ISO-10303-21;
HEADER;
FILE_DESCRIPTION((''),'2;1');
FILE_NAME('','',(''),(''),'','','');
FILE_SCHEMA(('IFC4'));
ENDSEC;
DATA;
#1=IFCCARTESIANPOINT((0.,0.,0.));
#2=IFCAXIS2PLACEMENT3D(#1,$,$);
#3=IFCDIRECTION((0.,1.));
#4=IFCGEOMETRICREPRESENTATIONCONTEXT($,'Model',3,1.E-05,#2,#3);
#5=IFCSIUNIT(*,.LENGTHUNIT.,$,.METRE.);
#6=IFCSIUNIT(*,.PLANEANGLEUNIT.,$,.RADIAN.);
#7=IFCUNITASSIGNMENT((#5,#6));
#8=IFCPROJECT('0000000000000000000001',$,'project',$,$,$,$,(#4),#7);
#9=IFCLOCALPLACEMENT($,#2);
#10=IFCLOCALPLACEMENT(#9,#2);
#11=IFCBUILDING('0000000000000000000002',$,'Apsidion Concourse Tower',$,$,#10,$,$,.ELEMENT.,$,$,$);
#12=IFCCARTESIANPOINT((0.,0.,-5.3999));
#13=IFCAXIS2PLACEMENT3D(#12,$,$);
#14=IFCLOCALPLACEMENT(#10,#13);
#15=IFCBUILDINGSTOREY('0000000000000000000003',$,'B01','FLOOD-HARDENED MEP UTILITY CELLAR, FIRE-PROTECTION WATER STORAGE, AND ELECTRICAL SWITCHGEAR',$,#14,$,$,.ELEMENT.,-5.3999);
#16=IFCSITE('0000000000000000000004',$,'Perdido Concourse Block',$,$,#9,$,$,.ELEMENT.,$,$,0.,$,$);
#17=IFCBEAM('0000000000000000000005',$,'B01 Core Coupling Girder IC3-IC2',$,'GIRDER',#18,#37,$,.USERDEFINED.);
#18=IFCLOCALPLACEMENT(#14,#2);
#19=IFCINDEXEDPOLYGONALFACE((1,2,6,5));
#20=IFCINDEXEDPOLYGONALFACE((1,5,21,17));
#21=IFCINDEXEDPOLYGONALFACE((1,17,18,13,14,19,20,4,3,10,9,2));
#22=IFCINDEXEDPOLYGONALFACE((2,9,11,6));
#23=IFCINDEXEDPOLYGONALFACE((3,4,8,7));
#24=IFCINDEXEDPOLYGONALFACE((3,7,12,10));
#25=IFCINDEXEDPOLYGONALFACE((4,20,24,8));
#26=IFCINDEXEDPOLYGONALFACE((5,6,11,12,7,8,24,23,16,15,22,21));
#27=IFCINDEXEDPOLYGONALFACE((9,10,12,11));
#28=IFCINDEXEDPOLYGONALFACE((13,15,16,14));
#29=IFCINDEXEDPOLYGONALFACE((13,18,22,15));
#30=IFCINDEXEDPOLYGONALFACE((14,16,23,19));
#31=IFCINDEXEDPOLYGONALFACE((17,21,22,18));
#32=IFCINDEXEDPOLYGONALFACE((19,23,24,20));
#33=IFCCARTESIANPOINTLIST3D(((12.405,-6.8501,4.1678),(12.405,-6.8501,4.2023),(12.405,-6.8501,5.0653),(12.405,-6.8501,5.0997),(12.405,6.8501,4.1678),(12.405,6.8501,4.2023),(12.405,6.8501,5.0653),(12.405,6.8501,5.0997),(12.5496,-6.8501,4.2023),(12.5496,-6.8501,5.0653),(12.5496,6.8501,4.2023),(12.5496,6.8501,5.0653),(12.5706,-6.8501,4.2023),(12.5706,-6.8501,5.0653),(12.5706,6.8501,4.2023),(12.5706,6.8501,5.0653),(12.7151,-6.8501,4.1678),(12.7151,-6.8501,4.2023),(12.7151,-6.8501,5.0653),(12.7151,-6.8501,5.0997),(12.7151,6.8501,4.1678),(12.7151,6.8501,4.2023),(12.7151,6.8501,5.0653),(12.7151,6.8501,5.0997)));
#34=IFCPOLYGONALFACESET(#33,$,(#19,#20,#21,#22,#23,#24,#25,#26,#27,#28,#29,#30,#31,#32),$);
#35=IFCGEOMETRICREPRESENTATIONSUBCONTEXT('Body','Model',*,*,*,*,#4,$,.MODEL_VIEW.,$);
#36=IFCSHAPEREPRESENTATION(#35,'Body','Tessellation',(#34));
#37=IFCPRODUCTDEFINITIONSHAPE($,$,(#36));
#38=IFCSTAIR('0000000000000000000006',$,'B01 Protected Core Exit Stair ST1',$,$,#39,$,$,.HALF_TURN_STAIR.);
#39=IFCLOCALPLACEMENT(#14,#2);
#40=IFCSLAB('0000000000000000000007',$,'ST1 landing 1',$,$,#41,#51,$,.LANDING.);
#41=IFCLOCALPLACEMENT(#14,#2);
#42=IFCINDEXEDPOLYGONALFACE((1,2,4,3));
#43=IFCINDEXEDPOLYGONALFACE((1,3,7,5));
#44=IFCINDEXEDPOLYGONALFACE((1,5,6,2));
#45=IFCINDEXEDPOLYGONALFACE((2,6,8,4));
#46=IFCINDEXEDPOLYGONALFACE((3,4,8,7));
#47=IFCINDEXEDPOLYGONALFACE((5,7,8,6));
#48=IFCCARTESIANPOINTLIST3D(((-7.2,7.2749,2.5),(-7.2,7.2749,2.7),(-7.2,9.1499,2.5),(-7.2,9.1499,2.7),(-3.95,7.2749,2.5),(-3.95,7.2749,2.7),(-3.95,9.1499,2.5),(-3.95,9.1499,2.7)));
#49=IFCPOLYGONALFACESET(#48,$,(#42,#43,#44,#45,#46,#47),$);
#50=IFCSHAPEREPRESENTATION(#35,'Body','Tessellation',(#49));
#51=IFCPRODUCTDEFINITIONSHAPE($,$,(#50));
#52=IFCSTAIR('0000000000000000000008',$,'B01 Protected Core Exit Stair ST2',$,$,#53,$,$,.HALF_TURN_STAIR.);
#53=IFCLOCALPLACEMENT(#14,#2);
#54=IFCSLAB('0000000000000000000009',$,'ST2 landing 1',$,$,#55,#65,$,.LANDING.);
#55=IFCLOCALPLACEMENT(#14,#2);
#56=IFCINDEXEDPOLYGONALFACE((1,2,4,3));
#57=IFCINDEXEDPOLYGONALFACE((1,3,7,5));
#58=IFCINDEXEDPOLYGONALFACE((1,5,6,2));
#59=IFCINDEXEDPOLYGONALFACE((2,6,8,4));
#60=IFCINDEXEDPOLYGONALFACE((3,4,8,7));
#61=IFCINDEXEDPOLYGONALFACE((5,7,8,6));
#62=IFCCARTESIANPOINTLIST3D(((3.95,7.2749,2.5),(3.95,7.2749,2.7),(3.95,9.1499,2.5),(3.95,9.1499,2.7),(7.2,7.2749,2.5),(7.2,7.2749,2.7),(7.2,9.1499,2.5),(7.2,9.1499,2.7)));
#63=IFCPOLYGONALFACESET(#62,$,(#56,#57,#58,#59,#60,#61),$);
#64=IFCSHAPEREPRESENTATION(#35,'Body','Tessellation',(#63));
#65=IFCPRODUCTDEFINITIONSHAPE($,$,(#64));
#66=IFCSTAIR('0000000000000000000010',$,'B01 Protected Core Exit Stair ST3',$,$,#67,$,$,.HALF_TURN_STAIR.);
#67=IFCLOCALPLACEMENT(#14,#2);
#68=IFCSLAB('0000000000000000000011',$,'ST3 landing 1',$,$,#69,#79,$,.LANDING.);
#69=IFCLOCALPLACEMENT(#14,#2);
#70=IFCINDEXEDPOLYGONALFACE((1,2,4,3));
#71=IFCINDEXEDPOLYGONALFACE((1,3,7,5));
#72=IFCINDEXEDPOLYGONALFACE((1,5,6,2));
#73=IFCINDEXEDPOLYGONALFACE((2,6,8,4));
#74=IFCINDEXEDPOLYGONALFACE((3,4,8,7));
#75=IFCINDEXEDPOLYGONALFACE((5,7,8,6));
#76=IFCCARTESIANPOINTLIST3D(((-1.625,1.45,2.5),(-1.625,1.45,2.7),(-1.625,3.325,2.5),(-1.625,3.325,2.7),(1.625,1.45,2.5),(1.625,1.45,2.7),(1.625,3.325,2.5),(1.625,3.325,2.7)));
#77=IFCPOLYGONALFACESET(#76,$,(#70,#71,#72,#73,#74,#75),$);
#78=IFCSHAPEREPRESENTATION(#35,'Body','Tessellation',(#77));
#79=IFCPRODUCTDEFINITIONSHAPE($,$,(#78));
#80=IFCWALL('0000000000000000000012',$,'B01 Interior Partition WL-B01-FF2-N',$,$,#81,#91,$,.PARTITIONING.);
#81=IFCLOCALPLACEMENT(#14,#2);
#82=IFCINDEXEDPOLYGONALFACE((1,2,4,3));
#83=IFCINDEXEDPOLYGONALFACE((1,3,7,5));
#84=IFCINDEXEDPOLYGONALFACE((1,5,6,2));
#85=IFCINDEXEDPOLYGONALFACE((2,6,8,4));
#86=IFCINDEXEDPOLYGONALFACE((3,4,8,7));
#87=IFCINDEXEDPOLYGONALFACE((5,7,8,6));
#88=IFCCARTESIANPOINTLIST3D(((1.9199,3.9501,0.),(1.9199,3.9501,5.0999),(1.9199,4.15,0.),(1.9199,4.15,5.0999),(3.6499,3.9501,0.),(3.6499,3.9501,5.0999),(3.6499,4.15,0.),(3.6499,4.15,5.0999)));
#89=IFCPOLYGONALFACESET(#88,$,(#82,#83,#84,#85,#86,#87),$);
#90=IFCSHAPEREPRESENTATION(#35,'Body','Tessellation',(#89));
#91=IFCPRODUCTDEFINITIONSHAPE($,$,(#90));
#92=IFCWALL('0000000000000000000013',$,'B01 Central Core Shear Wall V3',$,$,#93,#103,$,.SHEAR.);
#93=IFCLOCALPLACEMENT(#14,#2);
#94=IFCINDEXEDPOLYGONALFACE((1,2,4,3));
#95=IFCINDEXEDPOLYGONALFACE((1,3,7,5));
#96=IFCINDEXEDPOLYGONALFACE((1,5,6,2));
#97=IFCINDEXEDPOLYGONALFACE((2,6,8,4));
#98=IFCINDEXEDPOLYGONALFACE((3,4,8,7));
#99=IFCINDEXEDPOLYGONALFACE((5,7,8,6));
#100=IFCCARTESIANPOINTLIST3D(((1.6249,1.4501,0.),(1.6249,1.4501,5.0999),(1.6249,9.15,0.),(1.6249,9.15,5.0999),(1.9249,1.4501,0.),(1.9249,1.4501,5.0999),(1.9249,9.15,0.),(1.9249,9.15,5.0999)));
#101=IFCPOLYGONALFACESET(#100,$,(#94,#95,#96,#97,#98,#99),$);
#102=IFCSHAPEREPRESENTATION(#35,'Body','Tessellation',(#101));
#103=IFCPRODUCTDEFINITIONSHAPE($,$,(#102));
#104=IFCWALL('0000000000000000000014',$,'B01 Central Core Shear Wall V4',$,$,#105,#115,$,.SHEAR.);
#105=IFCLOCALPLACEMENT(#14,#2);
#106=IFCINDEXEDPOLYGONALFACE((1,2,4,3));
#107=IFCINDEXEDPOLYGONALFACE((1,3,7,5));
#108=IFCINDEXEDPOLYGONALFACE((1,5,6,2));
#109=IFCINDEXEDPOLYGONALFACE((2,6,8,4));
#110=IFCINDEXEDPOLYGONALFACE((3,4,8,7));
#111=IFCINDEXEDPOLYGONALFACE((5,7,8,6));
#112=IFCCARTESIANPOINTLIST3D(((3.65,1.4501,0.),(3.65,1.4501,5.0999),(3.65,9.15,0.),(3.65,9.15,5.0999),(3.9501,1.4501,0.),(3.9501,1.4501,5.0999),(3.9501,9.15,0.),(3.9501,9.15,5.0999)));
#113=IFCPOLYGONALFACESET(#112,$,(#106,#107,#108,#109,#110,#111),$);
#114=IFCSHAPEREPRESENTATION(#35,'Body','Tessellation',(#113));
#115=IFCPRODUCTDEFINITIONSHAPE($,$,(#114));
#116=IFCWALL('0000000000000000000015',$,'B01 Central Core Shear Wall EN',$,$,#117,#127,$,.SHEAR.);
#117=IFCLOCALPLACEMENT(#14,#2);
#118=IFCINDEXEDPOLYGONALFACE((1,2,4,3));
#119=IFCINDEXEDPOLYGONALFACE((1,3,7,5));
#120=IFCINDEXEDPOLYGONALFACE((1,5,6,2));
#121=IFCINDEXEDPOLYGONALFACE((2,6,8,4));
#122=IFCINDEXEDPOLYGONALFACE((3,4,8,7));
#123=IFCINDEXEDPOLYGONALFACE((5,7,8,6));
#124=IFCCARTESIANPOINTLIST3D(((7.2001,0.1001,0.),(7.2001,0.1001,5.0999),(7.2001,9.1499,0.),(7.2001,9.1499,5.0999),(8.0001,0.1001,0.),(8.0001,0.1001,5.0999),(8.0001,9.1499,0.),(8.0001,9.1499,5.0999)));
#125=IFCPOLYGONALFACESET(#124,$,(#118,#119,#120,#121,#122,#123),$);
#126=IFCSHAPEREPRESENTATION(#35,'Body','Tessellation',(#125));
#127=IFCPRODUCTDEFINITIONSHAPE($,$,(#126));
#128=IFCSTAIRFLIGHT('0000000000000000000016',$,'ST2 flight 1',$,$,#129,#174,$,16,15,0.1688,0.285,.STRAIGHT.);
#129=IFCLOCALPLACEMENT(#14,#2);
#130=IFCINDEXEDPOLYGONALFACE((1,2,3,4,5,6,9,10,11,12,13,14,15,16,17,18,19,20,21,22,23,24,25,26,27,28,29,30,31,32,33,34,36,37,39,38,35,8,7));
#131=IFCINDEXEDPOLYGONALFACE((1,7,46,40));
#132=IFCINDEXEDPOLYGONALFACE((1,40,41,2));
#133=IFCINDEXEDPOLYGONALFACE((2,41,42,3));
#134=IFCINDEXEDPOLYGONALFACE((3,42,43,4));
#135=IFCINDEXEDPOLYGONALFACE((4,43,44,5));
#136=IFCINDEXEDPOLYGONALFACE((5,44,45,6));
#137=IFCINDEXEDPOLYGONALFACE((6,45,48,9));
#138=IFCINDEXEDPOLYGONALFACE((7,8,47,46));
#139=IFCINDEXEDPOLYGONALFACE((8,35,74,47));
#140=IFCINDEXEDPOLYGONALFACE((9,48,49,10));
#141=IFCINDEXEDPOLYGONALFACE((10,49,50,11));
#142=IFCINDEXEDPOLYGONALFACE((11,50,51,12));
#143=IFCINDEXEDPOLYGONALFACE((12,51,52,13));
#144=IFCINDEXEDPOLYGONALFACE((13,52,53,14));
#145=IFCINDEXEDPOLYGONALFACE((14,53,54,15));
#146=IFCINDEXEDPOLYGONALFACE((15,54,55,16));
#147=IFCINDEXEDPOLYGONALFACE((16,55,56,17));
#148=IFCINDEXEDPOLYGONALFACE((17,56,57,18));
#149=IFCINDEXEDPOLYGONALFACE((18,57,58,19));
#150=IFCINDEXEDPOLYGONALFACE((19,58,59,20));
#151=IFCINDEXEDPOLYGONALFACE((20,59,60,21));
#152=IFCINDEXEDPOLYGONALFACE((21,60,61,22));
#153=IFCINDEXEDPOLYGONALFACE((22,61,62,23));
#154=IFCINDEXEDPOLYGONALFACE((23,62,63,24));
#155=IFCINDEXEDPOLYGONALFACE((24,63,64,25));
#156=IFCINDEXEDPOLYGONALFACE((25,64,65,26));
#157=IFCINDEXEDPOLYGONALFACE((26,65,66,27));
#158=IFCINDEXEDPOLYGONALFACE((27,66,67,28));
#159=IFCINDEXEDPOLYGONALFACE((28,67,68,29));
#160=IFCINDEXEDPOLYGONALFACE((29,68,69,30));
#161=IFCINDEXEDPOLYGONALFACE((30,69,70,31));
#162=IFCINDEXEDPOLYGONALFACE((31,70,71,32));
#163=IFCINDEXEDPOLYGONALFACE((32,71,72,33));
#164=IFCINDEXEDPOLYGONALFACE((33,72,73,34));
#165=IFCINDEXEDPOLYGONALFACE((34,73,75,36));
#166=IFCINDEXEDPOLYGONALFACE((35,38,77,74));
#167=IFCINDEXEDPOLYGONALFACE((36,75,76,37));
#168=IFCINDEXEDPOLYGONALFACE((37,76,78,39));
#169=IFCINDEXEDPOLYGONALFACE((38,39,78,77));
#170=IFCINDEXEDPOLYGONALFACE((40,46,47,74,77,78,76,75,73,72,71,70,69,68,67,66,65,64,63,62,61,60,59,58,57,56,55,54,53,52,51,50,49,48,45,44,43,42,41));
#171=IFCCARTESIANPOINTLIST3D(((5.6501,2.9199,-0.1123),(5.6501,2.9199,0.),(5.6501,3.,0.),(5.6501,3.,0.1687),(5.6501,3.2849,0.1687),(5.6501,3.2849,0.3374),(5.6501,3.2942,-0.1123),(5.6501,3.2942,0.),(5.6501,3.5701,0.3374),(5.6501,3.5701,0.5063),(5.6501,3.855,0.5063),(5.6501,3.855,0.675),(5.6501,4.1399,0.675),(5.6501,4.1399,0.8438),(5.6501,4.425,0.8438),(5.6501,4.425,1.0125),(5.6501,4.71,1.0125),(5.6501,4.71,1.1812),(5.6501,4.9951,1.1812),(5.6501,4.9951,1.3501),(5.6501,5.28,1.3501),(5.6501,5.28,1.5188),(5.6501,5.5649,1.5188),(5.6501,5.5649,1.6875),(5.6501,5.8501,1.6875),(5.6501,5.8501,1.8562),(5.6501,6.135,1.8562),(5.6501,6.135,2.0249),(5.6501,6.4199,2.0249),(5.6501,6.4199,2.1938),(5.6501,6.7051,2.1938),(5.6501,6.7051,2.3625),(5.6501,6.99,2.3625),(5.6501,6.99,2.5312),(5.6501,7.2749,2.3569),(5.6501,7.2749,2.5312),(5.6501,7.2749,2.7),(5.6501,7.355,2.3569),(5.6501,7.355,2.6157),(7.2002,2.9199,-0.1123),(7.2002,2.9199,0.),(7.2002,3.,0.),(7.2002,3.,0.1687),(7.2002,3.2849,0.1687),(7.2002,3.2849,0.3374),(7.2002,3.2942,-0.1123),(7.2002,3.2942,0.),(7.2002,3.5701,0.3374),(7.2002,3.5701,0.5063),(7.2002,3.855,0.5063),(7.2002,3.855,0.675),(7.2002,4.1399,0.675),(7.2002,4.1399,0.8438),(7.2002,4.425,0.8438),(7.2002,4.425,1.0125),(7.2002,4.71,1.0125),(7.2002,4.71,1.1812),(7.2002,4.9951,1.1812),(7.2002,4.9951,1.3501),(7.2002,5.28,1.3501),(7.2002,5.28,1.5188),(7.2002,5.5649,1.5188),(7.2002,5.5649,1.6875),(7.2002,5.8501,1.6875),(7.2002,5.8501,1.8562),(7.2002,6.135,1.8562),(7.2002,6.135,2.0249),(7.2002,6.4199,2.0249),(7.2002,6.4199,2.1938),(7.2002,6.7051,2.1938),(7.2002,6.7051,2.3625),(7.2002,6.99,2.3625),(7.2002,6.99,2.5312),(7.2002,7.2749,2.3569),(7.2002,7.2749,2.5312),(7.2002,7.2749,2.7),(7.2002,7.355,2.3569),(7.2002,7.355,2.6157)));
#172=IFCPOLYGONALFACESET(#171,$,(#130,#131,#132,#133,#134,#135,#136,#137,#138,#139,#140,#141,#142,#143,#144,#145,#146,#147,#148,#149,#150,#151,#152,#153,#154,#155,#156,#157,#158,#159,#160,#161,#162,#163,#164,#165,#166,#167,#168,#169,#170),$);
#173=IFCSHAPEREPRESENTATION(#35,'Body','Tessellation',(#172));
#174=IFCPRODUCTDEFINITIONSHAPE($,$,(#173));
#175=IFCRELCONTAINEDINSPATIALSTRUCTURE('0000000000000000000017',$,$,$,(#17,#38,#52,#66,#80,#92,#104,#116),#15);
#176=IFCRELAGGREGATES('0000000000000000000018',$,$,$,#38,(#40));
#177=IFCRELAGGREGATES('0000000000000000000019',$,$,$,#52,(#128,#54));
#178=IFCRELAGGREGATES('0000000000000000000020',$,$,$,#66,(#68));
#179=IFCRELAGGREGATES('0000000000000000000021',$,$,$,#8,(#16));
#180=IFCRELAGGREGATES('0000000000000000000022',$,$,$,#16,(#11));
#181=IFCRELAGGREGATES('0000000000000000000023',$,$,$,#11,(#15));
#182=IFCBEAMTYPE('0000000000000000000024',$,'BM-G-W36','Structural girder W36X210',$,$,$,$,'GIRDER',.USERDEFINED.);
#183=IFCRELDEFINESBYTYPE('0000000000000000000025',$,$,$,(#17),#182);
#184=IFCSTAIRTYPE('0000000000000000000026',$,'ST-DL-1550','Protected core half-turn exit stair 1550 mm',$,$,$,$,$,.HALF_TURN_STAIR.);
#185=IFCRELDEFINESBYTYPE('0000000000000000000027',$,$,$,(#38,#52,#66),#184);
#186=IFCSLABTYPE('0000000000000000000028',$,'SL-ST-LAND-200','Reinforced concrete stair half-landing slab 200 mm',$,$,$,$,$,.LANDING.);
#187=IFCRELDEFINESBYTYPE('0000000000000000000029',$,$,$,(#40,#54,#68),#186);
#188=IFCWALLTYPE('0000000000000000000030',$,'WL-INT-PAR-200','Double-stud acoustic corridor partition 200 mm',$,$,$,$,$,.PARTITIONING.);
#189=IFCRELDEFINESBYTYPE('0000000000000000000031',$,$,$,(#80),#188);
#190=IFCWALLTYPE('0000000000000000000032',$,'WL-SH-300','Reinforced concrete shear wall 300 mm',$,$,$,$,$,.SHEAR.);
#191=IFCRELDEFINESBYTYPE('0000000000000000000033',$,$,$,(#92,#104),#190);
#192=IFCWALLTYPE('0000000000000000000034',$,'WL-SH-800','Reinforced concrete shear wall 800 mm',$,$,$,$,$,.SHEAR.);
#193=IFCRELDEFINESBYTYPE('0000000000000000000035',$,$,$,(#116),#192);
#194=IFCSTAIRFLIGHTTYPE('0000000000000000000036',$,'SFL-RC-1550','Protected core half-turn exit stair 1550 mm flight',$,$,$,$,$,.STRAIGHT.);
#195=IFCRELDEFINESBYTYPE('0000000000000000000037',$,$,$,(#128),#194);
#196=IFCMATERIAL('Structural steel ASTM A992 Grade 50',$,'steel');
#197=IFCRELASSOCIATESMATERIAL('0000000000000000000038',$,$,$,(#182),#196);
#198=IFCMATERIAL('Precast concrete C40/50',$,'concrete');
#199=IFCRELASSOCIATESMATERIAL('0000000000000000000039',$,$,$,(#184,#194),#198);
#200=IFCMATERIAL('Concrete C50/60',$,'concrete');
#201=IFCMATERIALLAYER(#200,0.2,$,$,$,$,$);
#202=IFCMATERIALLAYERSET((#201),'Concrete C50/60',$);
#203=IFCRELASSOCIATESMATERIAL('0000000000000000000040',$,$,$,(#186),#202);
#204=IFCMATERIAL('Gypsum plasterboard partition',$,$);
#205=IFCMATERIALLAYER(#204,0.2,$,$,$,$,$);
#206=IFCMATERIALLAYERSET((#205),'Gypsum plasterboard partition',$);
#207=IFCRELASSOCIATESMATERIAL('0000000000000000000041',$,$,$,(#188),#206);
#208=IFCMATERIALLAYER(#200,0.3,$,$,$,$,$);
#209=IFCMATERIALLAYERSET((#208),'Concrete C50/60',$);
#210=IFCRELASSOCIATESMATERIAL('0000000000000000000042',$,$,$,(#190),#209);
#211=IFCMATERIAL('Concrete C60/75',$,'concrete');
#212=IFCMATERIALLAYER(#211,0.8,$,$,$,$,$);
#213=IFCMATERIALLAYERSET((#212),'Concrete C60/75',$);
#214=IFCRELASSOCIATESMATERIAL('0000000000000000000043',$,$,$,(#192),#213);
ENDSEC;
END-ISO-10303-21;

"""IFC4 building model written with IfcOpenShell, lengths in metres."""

from ifc_helpers import new_model, si_unit, direction, frame, frame_2d, origin, origin_2d, place, context, subcontext, project, spatial, polyline, rectangle, i_section, outline, extrude, material, layer, layer_set, material_profile, profile_set, type_object, element, aggregate, save


model = new_model("IFC4")

# Units and contexts
model_context = context("Model", 3, precision=1e-05, world=origin(), true_north=direction((0.0, 1.0)))
body_context = subcontext(model_context, "Body", "Model", "MODEL_VIEW")
ifc_project = project(units=[si_unit("LENGTHUNIT", "METRE"), si_unit("PLANEANGLEUNIT", "RADIAN")], contexts=[model_context])

# Site, building, storey
site_placement = place(None, origin())
site = spatial("IfcSite", under=ifc_project, at=site_placement, Name="Perdido Concourse Block", CompositionType="ELEMENT", RefElevation=0.0)
building_placement = place(site_placement, origin())
building = spatial("IfcBuilding", under=site, at=building_placement, Name="Apsidion Concourse Tower", CompositionType="ELEMENT")
storey_placement = place(building_placement, frame((0.0, 0.0, -5.3999)))
storey = spatial("IfcBuildingStorey", under=building, at=storey_placement, Name="B01", Description="FLOOD-HARDENED MEP UTILITY CELLAR, FIRE-PROTECTION WATER STORAGE, AND ELECTRICAL SWITCHGEAR", CompositionType="ELEMENT", Elevation=-5.3999)

# Shared definitions
ifc_material_1 = material(Name="Concrete C50/60", Category="concrete")

# Shared definitions
ifc_material_2 = material(Name="Concrete C60/75", Category="concrete")

# Beam
ifc_material_3 = material(Name="Structural steel ASTM A992 Grade 50", Category="steel")
ifc_material_profile_1 = material_profile(ifc_material_3, i_section(OverallWidth=0.3101, OverallDepth=0.9319, WebThickness=0.021, FlangeThickness=0.0344, at=origin_2d()), Name="W36X210")
ifc_profile_set_1 = profile_set([ifc_material_profile_1], Name="Structural steel ASTM A992 Grade 50")
beam_type = type_object("IfcBeamType", Name="BM-G-W36", Description="Structural girder W36X210", ElementType="GIRDER", PredefinedType="USERDEFINED", material=ifc_profile_set_1)
beam_1_placement = place(storey_placement, frame((12.5601, 6.8501, 4.6338), z_axis=(0.0, -1.0, 0.0), x_axis=(1.0, 0.0, 0.0)))
element("IfcBeam", 1, at=beam_1_placement, inside=storey, type_object=beam_type, Name="B01 Core Coupling Girder IC3-IC2", ObjectType="GIRDER", PredefinedType="USERDEFINED", context=body_context, shape_type="SweptSolid", body=[
    extrude(i_section(OverallWidth=0.3101, OverallDepth=0.9319, WebThickness=0.021, FlangeThickness=0.0344, at=origin_2d()), origin(), (0.0, 0.0, 1.0), 13.7002),
])

# Stairs, slabs
ifc_material_4 = material(Name="Precast concrete C40/50", Category="concrete")
stair_type = type_object("IfcStairType", Name="ST-DL-1550", Description="Protected core half-turn exit stair 1550 mm", PredefinedType="HALF_TURN_STAIR", material=ifc_material_4)
stair_1_placement = place(storey_placement, origin())
stair_1 = element("IfcStair", 2, at=stair_1_placement, inside=storey, type_object=stair_type, Name="B01 Protected Core Exit Stair ST1", PredefinedType="HALF_TURN_STAIR")
ifc_layer_1 = layer(ifc_material_1, 0.2)
ifc_layer_set_1 = layer_set([ifc_layer_1], Name="Concrete C50/60")
slab_type = type_object("IfcSlabType", Name="SL-ST-LAND-200", Description="Reinforced concrete stair half-landing slab 200 mm", PredefinedType="LANDING", material=ifc_layer_set_1)
slab_1_placement = place(storey_placement, frame((0.0, 0.0, 2.5)))
slab_1 = element("IfcSlab", 3, at=slab_1_placement, type_object=slab_type, Name="ST1 landing 1", PredefinedType="LANDING", context=body_context, shape_type="SweptSolid", body=[
    extrude(outline(polyline([(-3.95, 7.2749), (-3.95, 9.1499), (-7.2, 9.1499), (-7.2, 7.2749), (-3.95, 7.2749)])), origin(), (0.0, 0.0, 1.0), 0.2),
])
aggregate(stair_1, [slab_1])
stair_2_placement = place(storey_placement, origin())
stair_2 = element("IfcStair", 4, at=stair_2_placement, inside=storey, type_object=stair_type, Name="B01 Protected Core Exit Stair ST2", PredefinedType="HALF_TURN_STAIR")
slab_2_placement = place(storey_placement, frame((0.0, 0.0, 2.5)))
slab_2 = element("IfcSlab", 5, at=slab_2_placement, type_object=slab_type, Name="ST2 landing 1", PredefinedType="LANDING", context=body_context, shape_type="SweptSolid", body=[
    extrude(outline(polyline([(7.2, 7.2749), (7.2, 9.1499), (3.95, 9.1499), (3.95, 7.2749), (7.2, 7.2749)])), origin(), (0.0, 0.0, 1.0), 0.2),
])
stair_3_placement = place(storey_placement, origin())
stair_3 = element("IfcStair", 6, at=stair_3_placement, inside=storey, type_object=stair_type, Name="B01 Protected Core Exit Stair ST3", PredefinedType="HALF_TURN_STAIR")
slab_3_placement = place(storey_placement, frame((0.0, 0.0, 2.5)))
slab_3 = element("IfcSlab", 7, at=slab_3_placement, type_object=slab_type, Name="ST3 landing 1", PredefinedType="LANDING", context=body_context, shape_type="SweptSolid", body=[
    extrude(outline(polyline([(-1.625, 3.325), (-1.625, 1.45), (1.625, 1.45), (1.625, 3.325), (-1.625, 3.325)])), origin(), (0.0, 0.0, 1.0), 0.2),
])

# Walls
ifc_material_5 = material(Name="Gypsum plasterboard partition")
ifc_layer_2 = layer(ifc_material_5, 0.2)
ifc_layer_set_2 = layer_set([ifc_layer_2], Name="Gypsum plasterboard partition")
wall_type_1 = type_object("IfcWallType", Name="WL-INT-PAR-200", Description="Double-stud acoustic corridor partition 200 mm", PredefinedType="PARTITIONING", material=ifc_layer_set_2)
wall_1_placement = place(storey_placement, frame((1.9199, 4.05, 0.0), z_axis=(0.0, 0.0, 1.0), x_axis=(1.0, 0.0, 0.0)))
element("IfcWall", 8, at=wall_1_placement, inside=storey, type_object=wall_type_1, Name="B01 Interior Partition WL-B01-FF2-N", PredefinedType="PARTITIONING", context=body_context, shape_type="SweptSolid", body=[
    extrude(rectangle(XDim=1.73, YDim=0.2, at=frame_2d((0.865, 0.0))), origin(), (0.0, 0.0, 1.0), 5.0999),
])
ifc_layer_3 = layer(ifc_material_1, 0.3)
ifc_layer_set_3 = layer_set([ifc_layer_3], Name="Concrete C50/60")
wall_type_2 = type_object("IfcWallType", Name="WL-SH-300", Description="Reinforced concrete shear wall 300 mm", PredefinedType="SHEAR", material=ifc_layer_set_3)
for number, where, z_axis, x_axis, name in (
    (9, (1.7749, 1.45, 0.0), (0.0, 0.0, 1.0), (0.0, 1.0, 0.0), "B01 Central Core Shear Wall V3"),
    (10, (3.8, 1.45, 0.0), (0.0, 0.0, 1.0), (0.0, 1.0, 0.0), "B01 Central Core Shear Wall V4"),
):
    element("IfcWall", number, at=place(storey_placement, frame(where, z_axis=z_axis, x_axis=x_axis)), inside=storey, type_object=wall_type_2, Name=name, PredefinedType="SHEAR", context=body_context, shape_type="SweptSolid", body=[
        extrude(rectangle(XDim=7.7, YDim=0.3, at=frame_2d((3.8501, 0.0))), origin(), (0.0, 0.0, 1.0), 5.0999),
    ])
ifc_layer_4 = layer(ifc_material_2, 0.8)
ifc_layer_set_4 = layer_set([ifc_layer_4], Name="Concrete C60/75")
wall_type_3 = type_object("IfcWallType", Name="WL-SH-800", Description="Reinforced concrete shear wall 800 mm", PredefinedType="SHEAR", material=ifc_layer_set_4)
wall_2_placement = place(storey_placement, frame((7.6001, 0.1001, 0.0), z_axis=(0.0, 0.0, 1.0), x_axis=(0.0, 1.0, 0.0)))
element("IfcWall", 11, at=wall_2_placement, inside=storey, type_object=wall_type_3, Name="B01 Central Core Shear Wall EN", PredefinedType="SHEAR", context=body_context, shape_type="SweptSolid", body=[
    extrude(rectangle(XDim=9.0498, YDim=0.8, at=frame_2d((4.5249, 0.0))), origin(), (0.0, 0.0, 1.0), 5.0999),
])

# Stair flight
stair_flight_type = type_object("IfcStairFlightType", Name="SFL-RC-1550", Description="Protected core half-turn exit stair 1550 mm flight", PredefinedType="STRAIGHT", material=ifc_material_4)
stair_flight_1_placement = place(storey_placement, frame((6.425, 3.0, 0.0), z_axis=(0.0, 0.0, 1.0), x_axis=(0.0, 1.0, 0.0)))
stair_flight_1 = element("IfcStairFlight", 12, at=stair_flight_1_placement, type_object=stair_flight_type, Name="ST2 flight 1", NumberOfRisers=16, NumberOfTreads=15, PredefinedType="STRAIGHT", RiserHeight=0.1688, TreadLength=0.285, context=body_context, shape_type="SweptSolid", body=[
    extrude(outline(polyline([(-0.0801, -0.1123), (-0.0801, 0.0), (0.0, 0.0), (0.0, 0.1687), (0.2849, 0.1687), (0.2849, 0.3374), (0.5701, 0.3374), (0.5701, 0.5063), (0.855, 0.5063), (0.855, 0.675), (1.1399, 0.675), (1.1399, 0.8438), (1.425, 0.8438), (1.425, 1.0125), (1.71, 1.0125), (1.71, 1.1812), (1.9951, 1.1812), (1.9951, 1.3501), (2.28, 1.3501), (2.28, 1.5188), (2.5649, 1.5188), (2.5649, 1.6875), (2.8501, 1.6875), (2.8501, 1.8562), (3.135, 1.8562), (3.135, 2.0249), (3.4199, 2.0249), (3.4199, 2.1938), (3.7051, 2.1938), (3.7051, 2.3625), (3.99, 2.3625), (3.99, 2.5312), (4.2749, 2.5312), (4.2749, 2.7), (4.355, 2.6157), (4.355, 2.3569), (4.2749, 2.3569), (0.2942, 0.0), (0.2942, -0.1123), (-0.0801, -0.1123)])), frame((0.0, 0.7749, 0.0), z_axis=(0.0, -1.0, 0.0), x_axis=(1.0, 0.0, 0.0)), (0.0, 0.0, 1.0), 1.55),
])
aggregate(stair_2, [stair_flight_1, slab_2])
aggregate(stair_3, [slab_3])

save(model, "model.ifc")
